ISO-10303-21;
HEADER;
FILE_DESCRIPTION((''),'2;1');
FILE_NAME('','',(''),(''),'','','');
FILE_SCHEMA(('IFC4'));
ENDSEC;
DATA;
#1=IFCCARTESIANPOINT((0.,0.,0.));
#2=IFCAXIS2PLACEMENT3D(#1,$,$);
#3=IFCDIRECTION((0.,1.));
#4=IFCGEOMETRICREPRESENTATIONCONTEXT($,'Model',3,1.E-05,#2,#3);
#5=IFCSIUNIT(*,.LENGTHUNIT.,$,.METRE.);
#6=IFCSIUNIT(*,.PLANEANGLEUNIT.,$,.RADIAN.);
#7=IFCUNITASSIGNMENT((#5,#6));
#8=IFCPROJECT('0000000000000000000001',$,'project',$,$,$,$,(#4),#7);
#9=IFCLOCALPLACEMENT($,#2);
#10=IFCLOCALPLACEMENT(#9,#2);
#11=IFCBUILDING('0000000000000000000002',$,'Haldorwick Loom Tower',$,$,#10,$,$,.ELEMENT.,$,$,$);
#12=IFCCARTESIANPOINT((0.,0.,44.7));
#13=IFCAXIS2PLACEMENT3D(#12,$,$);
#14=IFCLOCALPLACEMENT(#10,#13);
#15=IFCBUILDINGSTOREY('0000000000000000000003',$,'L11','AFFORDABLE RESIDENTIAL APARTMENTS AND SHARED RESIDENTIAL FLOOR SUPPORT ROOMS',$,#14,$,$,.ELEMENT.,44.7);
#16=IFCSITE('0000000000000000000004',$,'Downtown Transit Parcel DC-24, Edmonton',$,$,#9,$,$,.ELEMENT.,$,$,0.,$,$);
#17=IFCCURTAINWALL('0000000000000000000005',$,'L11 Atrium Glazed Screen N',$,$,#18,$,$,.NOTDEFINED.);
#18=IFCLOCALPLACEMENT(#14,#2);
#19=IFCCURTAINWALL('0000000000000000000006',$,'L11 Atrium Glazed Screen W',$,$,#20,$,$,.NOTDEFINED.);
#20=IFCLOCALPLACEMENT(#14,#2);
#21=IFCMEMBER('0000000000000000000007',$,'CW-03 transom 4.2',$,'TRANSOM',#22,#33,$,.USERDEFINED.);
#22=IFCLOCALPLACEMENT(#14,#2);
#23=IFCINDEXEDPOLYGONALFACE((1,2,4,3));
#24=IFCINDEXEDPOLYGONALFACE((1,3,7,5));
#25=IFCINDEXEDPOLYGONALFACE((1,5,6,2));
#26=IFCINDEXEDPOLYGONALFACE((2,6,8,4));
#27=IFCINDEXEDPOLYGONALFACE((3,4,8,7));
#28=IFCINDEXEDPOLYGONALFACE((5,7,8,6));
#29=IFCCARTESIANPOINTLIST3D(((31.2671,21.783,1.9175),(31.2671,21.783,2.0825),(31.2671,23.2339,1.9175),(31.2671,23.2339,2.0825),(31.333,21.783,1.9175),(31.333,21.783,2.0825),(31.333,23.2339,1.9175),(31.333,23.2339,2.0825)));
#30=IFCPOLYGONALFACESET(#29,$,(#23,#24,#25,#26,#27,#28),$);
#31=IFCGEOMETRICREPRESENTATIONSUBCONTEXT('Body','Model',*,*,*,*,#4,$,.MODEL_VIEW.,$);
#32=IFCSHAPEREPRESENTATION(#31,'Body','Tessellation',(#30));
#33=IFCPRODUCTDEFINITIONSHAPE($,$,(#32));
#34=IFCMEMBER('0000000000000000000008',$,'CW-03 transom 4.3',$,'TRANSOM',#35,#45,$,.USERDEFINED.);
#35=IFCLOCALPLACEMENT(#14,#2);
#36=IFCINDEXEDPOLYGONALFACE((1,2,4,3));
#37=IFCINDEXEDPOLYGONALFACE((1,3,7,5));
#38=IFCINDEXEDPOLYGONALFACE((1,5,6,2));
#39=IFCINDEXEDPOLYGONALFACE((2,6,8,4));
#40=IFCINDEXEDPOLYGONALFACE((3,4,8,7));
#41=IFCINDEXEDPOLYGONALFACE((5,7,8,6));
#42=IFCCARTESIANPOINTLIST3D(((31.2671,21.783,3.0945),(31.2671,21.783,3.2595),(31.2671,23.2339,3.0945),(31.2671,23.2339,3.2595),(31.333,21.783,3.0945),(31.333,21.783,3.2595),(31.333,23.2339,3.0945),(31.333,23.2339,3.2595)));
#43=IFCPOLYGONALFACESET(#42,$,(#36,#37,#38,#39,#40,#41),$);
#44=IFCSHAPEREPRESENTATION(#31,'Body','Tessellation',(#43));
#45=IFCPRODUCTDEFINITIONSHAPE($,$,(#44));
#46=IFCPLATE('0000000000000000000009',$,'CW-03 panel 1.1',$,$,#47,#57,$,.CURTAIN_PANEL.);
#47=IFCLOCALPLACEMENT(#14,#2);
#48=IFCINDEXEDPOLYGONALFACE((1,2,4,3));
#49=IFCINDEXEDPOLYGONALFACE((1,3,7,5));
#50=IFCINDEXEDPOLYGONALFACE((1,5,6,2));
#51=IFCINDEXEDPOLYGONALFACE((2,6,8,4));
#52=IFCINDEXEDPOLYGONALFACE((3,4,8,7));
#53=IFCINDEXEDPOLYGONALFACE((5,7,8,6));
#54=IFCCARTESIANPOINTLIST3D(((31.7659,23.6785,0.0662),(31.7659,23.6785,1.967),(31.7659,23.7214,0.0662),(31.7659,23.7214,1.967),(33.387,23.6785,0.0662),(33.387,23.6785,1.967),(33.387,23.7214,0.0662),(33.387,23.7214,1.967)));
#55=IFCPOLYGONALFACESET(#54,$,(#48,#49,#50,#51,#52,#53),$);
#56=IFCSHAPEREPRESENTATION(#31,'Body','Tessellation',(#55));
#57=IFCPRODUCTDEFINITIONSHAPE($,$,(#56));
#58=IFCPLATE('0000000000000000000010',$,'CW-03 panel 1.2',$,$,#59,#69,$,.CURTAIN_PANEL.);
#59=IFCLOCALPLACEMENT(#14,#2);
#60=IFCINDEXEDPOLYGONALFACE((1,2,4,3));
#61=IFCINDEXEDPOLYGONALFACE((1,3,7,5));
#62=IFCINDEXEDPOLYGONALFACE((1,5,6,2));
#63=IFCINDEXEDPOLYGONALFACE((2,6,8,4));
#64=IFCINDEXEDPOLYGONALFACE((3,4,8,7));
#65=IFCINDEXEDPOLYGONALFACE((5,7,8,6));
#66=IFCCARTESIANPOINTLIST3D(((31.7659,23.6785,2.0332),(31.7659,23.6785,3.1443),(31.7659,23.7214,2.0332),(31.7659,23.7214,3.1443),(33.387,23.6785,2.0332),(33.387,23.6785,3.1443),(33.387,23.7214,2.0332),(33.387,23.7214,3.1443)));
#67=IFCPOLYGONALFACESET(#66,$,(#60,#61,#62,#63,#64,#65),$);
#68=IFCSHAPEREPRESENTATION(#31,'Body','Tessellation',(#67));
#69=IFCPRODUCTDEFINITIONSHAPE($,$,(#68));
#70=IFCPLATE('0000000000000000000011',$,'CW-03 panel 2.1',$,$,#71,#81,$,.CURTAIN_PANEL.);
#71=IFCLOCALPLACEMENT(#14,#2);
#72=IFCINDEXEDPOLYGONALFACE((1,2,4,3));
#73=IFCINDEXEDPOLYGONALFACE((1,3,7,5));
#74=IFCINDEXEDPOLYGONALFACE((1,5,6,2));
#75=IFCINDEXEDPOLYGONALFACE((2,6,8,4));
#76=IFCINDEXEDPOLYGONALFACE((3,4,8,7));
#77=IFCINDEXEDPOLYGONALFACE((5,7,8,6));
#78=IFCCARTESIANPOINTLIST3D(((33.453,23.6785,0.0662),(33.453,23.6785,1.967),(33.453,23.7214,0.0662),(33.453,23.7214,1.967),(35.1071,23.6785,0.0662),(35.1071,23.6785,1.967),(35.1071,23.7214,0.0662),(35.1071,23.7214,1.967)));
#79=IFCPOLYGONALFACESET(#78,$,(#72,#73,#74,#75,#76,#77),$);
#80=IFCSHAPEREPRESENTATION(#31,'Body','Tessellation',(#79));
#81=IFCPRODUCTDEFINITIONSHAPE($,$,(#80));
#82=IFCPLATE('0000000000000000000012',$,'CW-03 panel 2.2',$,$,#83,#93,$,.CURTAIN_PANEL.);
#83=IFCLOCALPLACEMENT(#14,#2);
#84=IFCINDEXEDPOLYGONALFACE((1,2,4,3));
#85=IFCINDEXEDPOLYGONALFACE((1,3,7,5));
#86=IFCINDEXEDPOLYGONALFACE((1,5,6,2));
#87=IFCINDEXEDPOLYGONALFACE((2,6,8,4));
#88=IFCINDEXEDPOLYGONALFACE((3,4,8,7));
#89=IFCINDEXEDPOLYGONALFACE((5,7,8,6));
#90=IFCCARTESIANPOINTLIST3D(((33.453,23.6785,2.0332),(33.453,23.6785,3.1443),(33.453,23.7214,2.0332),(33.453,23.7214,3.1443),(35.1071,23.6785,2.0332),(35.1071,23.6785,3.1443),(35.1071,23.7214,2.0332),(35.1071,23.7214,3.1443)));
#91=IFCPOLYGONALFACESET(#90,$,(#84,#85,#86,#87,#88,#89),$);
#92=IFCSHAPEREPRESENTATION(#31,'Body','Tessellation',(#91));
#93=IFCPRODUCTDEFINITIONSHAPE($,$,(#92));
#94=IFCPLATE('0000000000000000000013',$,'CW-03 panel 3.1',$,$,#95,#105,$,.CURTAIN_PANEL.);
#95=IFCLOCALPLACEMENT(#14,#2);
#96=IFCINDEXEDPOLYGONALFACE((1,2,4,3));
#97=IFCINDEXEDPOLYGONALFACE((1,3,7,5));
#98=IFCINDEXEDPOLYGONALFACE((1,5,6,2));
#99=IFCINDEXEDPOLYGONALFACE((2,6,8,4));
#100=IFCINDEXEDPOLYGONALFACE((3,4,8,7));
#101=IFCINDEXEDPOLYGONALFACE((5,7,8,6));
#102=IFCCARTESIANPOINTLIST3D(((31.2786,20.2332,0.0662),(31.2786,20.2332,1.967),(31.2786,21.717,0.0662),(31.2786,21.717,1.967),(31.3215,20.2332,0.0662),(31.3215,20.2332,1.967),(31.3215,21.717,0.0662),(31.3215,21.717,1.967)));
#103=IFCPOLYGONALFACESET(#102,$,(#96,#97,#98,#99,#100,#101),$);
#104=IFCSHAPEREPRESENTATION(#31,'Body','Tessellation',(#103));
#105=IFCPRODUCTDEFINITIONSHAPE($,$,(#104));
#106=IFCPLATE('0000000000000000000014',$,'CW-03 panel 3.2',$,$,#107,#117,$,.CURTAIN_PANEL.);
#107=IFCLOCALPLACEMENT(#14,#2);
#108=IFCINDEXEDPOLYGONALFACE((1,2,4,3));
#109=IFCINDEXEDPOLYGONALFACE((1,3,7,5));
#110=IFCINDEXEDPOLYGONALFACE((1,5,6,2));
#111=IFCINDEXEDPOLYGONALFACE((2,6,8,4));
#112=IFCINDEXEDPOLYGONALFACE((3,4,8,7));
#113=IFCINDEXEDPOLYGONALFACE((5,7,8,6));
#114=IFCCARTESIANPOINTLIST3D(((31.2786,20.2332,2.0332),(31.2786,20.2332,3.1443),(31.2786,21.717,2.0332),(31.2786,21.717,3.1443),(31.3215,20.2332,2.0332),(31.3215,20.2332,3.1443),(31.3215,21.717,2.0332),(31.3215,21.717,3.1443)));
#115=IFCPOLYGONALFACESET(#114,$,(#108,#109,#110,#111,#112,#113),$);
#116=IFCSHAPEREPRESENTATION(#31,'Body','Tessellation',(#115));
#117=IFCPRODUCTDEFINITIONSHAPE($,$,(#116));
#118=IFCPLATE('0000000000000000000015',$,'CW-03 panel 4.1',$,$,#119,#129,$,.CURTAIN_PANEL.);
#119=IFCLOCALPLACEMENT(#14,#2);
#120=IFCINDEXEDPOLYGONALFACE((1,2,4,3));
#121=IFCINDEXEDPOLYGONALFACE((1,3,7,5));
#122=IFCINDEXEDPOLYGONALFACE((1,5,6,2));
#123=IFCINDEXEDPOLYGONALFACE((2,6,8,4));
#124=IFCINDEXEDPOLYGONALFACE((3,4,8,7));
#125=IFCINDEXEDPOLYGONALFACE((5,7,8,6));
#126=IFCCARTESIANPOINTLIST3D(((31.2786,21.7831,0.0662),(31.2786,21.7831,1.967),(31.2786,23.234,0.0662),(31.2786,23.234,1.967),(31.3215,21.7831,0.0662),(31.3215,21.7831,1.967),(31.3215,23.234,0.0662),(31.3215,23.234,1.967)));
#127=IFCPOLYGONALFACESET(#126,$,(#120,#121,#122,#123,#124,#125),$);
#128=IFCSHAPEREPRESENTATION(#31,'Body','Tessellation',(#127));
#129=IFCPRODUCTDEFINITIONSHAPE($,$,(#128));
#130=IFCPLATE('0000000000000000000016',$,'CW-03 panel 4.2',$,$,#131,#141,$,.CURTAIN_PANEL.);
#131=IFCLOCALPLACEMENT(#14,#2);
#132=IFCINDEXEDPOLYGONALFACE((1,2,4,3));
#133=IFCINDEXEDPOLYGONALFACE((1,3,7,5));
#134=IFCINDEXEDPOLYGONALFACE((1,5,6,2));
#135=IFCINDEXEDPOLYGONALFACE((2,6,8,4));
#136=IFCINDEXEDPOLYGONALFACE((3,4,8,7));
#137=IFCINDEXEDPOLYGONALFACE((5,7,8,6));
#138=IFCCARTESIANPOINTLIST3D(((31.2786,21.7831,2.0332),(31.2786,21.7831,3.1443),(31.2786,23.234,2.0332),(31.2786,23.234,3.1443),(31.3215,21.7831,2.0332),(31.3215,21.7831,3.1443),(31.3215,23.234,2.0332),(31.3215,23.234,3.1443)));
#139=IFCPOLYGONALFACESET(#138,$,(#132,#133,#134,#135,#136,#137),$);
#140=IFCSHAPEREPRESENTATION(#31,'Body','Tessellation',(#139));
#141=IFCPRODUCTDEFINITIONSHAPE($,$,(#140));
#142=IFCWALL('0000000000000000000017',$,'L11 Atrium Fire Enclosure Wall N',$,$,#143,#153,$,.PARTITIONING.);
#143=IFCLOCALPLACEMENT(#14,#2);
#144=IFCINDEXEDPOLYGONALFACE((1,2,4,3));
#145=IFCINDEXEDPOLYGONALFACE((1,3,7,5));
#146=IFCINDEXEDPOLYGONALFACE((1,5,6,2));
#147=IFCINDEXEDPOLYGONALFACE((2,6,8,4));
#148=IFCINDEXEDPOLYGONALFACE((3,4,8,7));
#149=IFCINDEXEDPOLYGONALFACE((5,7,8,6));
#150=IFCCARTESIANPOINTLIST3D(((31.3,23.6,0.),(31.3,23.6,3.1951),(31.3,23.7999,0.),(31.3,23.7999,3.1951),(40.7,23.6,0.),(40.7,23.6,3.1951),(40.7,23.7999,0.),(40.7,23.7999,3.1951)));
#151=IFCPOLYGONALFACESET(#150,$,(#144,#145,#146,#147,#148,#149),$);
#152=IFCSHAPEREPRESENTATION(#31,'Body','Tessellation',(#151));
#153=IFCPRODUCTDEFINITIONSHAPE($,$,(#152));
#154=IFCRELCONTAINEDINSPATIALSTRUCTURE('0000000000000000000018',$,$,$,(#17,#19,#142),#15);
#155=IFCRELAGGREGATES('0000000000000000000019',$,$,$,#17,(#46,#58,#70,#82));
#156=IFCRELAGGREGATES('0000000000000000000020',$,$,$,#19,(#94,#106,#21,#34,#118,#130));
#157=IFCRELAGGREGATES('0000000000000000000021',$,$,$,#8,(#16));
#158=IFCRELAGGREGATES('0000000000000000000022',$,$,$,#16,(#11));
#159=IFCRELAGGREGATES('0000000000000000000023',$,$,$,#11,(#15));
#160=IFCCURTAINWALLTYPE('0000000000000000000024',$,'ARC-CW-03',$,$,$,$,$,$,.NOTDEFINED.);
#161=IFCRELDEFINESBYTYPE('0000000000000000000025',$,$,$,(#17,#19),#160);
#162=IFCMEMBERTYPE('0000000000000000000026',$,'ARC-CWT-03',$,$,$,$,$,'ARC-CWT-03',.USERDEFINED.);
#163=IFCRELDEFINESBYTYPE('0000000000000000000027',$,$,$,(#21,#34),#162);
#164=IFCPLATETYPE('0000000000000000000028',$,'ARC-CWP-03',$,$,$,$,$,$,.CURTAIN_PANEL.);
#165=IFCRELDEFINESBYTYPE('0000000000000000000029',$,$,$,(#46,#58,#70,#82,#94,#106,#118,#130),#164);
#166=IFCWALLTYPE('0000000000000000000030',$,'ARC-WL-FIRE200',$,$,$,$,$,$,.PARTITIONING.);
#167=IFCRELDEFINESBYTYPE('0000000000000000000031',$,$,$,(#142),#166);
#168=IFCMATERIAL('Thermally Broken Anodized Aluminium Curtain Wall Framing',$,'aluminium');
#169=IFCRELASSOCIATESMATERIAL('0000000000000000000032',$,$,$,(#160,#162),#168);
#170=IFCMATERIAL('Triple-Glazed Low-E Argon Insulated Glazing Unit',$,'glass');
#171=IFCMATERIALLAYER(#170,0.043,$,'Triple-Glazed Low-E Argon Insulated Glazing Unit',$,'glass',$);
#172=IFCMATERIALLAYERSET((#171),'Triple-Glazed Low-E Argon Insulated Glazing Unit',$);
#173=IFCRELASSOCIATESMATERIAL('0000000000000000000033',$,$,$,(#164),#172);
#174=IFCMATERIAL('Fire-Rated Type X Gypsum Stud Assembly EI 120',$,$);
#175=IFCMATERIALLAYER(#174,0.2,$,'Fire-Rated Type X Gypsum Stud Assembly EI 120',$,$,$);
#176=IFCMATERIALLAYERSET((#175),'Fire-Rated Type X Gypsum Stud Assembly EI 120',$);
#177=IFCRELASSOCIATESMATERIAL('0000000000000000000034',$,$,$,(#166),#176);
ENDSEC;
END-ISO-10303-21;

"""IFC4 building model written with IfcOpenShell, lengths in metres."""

from ifc_helpers import new_model, si_unit, direction, frame, frame_2d, origin, origin_2d, place, context, subcontext, project, spatial, rectangle, extrude, material, layer, layer_set, material_profile, profile_set, type_object, element, aggregate, save


model = new_model("IFC4")

# Units and contexts
model_context = context("Model", 3, precision=1e-05, world=origin(), true_north=direction((0.0, 1.0)))
body_context = subcontext(model_context, "Body", "Model", "MODEL_VIEW")
ifc_project = project(units=[si_unit("LENGTHUNIT", "METRE"), si_unit("PLANEANGLEUNIT", "RADIAN")], contexts=[model_context])

# Site, building, storey
site_placement = place(None, origin())
site = spatial("IfcSite", under=ifc_project, at=site_placement, Name="Downtown Transit Parcel DC-24, Edmonton", CompositionType="ELEMENT", RefElevation=0.0)
building_placement = place(site_placement, origin())
building = spatial("IfcBuilding", under=site, at=building_placement, Name="Haldorwick Loom Tower", CompositionType="ELEMENT")
storey_placement = place(building_placement, frame((0.0, 0.0, 44.7)))
storey = spatial("IfcBuildingStorey", under=building, at=storey_placement, Name="L11", Description="AFFORDABLE RESIDENTIAL APARTMENTS AND SHARED RESIDENTIAL FLOOR SUPPORT ROOMS", CompositionType="ELEMENT", Elevation=44.7)

# Curtain walls
ifc_material_1 = material(Name="Thermally Broken Anodized Aluminium Curtain Wall Framing", Category="aluminium")
curtain_wall_type = type_object("IfcCurtainWallType", Name="ARC-CW-03", PredefinedType="NOTDEFINED", material=ifc_material_1)
curtain_wall_1_placement = place(storey_placement, origin())
curtain_wall_1 = element("IfcCurtainWall", 1, at=curtain_wall_1_placement, inside=storey, type_object=curtain_wall_type, Name="L11 Atrium Glazed Screen N", PredefinedType="NOTDEFINED")
curtain_wall_2_placement = place(storey_placement, origin())
curtain_wall_2 = element("IfcCurtainWall", 2, at=curtain_wall_2_placement, inside=storey, type_object=curtain_wall_type, Name="L11 Atrium Glazed Screen W", PredefinedType="NOTDEFINED")

# Members
ifc_material_profile_1 = material_profile(ifc_material_1, rectangle(XDim=0.0659, YDim=0.165, at=origin_2d()), Name="ALU_TRN_66X165", Category="aluminium")
ifc_profile_set_1 = profile_set([ifc_material_profile_1], Name="Thermally Broken Anodized Aluminium Curtain Wall Framing")
member_type_1 = type_object("IfcMemberType", Name="ARC-CWT-03", ElementType="ARC-CWT-03", PredefinedType="USERDEFINED", material=ifc_profile_set_1)
member_1_placement = place(storey_placement, frame((31.3, 21.783, 2.0), z_axis=(0.0, 1.0, 0.0), x_axis=(-1.0, 0.0, 0.0)))
member_1 = element("IfcMember", 3, at=member_1_placement, type_object=member_type_1, Name="CW-03 transom 4.2", ObjectType="TRANSOM", PredefinedType="USERDEFINED", context=body_context, shape_type="SweptSolid", body=[
    extrude(rectangle(XDim=0.0659, YDim=0.165, at=origin_2d()), origin(), (0.0, 0.0, 1.0), 1.4509),
])
member_2_placement = place(storey_placement, frame((31.3, 21.783, 3.177), z_axis=(0.0, 1.0, 0.0), x_axis=(-1.0, 0.0, 0.0)))
member_2 = element("IfcMember", 4, at=member_2_placement, type_object=member_type_1, Name="CW-03 transom 4.3", ObjectType="TRANSOM", PredefinedType="USERDEFINED", context=body_context, shape_type="SweptSolid", body=[
    extrude(rectangle(XDim=0.0659, YDim=0.165, at=origin_2d()), origin(), (0.0, 0.0, 1.0), 1.4509),
])

# Plates
ifc_material_2 = material(Name="Triple-Glazed Low-E Argon Insulated Glazing Unit", Category="glass")
ifc_layer_1 = layer(ifc_material_2, 0.043, Name="Triple-Glazed Low-E Argon Insulated Glazing Unit", Category="glass")
ifc_layer_set_1 = layer_set([ifc_layer_1], Name="Triple-Glazed Low-E Argon Insulated Glazing Unit")
plate_type = type_object("IfcPlateType", Name="ARC-CWP-03", PredefinedType="CURTAIN_PANEL", material=ifc_layer_set_1)
plate_1_placement = place(storey_placement, frame((32.5764, 23.7, 0.0662), z_axis=(0.0, 0.0, 1.0), x_axis=(1.0, 0.0, 0.0)))
plate_1 = element("IfcPlate", 5, at=plate_1_placement, type_object=plate_type, Name="CW-03 panel 1.1", PredefinedType="CURTAIN_PANEL", context=body_context, shape_type="SweptSolid", body=[
    extrude(rectangle(XDim=1.6211, YDim=0.043, at=origin_2d()), origin(), (0.0, 0.0, 1.0), 1.9009),
])
plate_2_placement = place(storey_placement, frame((32.5764, 23.7, 2.0332), z_axis=(0.0, 0.0, 1.0), x_axis=(1.0, 0.0, 0.0)))
plate_2 = element("IfcPlate", 6, at=plate_2_placement, type_object=plate_type, Name="CW-03 panel 1.2", PredefinedType="CURTAIN_PANEL", context=body_context, shape_type="SweptSolid", body=[
    extrude(rectangle(XDim=1.6211, YDim=0.043, at=origin_2d()), origin(), (0.0, 0.0, 1.0), 1.1111),
])
plate_3_placement = place(storey_placement, frame((34.28, 23.7, 0.0662), z_axis=(0.0, 0.0, 1.0), x_axis=(1.0, 0.0, 0.0)))
plate_3 = element("IfcPlate", 7, at=plate_3_placement, type_object=plate_type, Name="CW-03 panel 2.1", PredefinedType="CURTAIN_PANEL", context=body_context, shape_type="SweptSolid", body=[
    extrude(rectangle(XDim=1.6541, YDim=0.043, at=origin_2d()), origin(), (0.0, 0.0, 1.0), 1.9009),
])
plate_4_placement = place(storey_placement, frame((34.28, 23.7, 2.0332), z_axis=(0.0, 0.0, 1.0), x_axis=(1.0, 0.0, 0.0)))
plate_4 = element("IfcPlate", 8, at=plate_4_placement, type_object=plate_type, Name="CW-03 panel 2.2", PredefinedType="CURTAIN_PANEL", context=body_context, shape_type="SweptSolid", body=[
    extrude(rectangle(XDim=1.6541, YDim=0.043, at=origin_2d()), origin(), (0.0, 0.0, 1.0), 1.1111),
])
aggregate(curtain_wall_1, [plate_1, plate_2, plate_3, plate_4])
plate_5_placement = place(storey_placement, frame((31.3, 20.9751, 0.0662), z_axis=(0.0, 0.0, 1.0), x_axis=(0.0, 1.0, 0.0)))
plate_5 = element("IfcPlate", 9, at=plate_5_placement, type_object=plate_type, Name="CW-03 panel 3.1", PredefinedType="CURTAIN_PANEL", context=body_context, shape_type="SweptSolid", body=[
    extrude(rectangle(XDim=1.4839, YDim=0.043, at=origin_2d()), origin(), (0.0, 0.0, 1.0), 1.9009),
])
plate_6_placement = place(storey_placement, frame((31.3, 20.9751, 2.0332), z_axis=(0.0, 0.0, 1.0), x_axis=(0.0, 1.0, 0.0)))
plate_6 = element("IfcPlate", 10, at=plate_6_placement, type_object=plate_type, Name="CW-03 panel 3.2", PredefinedType="CURTAIN_PANEL", context=body_context, shape_type="SweptSolid", body=[
    extrude(rectangle(XDim=1.4839, YDim=0.043, at=origin_2d()), origin(), (0.0, 0.0, 1.0), 1.1111),
])
plate_7_placement = place(storey_placement, frame((31.3, 22.5085, 0.0662), z_axis=(0.0, 0.0, 1.0), x_axis=(0.0, 1.0, 0.0)))
plate_7 = element("IfcPlate", 11, at=plate_7_placement, type_object=plate_type, Name="CW-03 panel 4.1", PredefinedType="CURTAIN_PANEL", context=body_context, shape_type="SweptSolid", body=[
    extrude(rectangle(XDim=1.4509, YDim=0.043, at=origin_2d()), origin(), (0.0, 0.0, 1.0), 1.9009),
])
plate_8_placement = place(storey_placement, frame((31.3, 22.5085, 2.0332), z_axis=(0.0, 0.0, 1.0), x_axis=(0.0, 1.0, 0.0)))
plate_8 = element("IfcPlate", 12, at=plate_8_placement, type_object=plate_type, Name="CW-03 panel 4.2", PredefinedType="CURTAIN_PANEL", context=body_context, shape_type="SweptSolid", body=[
    extrude(rectangle(XDim=1.4509, YDim=0.043, at=origin_2d()), origin(), (0.0, 0.0, 1.0), 1.1111),
])
aggregate(curtain_wall_2, [plate_5, plate_6, member_1, member_2, plate_7, plate_8])

# Wall
ifc_material_3 = material(Name="Fire-Rated Type X Gypsum Stud Assembly EI 120")
ifc_layer_2 = layer(ifc_material_3, 0.2, Name="Fire-Rated Type X Gypsum Stud Assembly EI 120")
ifc_layer_set_2 = layer_set([ifc_layer_2], Name="Fire-Rated Type X Gypsum Stud Assembly EI 120")
wall_type = type_object("IfcWallType", Name="ARC-WL-FIRE200", PredefinedType="PARTITIONING", material=ifc_layer_set_2)
wall_placement = place(storey_placement, frame((31.3, 23.7, 0.0), z_axis=(0.0, 0.0, 1.0), x_axis=(1.0, 0.0, 0.0)))
element("IfcWall", 13, at=wall_placement, inside=storey, type_object=wall_type, Name="L11 Atrium Fire Enclosure Wall N", PredefinedType="PARTITIONING", context=body_context, shape_type="SweptSolid", body=[
    extrude(rectangle(XDim=9.3999, YDim=0.2, at=frame_2d((4.7, 0.0))), origin(), (0.0, 0.0, 1.0), 3.1951),
])

save(model, "model.ifc")
